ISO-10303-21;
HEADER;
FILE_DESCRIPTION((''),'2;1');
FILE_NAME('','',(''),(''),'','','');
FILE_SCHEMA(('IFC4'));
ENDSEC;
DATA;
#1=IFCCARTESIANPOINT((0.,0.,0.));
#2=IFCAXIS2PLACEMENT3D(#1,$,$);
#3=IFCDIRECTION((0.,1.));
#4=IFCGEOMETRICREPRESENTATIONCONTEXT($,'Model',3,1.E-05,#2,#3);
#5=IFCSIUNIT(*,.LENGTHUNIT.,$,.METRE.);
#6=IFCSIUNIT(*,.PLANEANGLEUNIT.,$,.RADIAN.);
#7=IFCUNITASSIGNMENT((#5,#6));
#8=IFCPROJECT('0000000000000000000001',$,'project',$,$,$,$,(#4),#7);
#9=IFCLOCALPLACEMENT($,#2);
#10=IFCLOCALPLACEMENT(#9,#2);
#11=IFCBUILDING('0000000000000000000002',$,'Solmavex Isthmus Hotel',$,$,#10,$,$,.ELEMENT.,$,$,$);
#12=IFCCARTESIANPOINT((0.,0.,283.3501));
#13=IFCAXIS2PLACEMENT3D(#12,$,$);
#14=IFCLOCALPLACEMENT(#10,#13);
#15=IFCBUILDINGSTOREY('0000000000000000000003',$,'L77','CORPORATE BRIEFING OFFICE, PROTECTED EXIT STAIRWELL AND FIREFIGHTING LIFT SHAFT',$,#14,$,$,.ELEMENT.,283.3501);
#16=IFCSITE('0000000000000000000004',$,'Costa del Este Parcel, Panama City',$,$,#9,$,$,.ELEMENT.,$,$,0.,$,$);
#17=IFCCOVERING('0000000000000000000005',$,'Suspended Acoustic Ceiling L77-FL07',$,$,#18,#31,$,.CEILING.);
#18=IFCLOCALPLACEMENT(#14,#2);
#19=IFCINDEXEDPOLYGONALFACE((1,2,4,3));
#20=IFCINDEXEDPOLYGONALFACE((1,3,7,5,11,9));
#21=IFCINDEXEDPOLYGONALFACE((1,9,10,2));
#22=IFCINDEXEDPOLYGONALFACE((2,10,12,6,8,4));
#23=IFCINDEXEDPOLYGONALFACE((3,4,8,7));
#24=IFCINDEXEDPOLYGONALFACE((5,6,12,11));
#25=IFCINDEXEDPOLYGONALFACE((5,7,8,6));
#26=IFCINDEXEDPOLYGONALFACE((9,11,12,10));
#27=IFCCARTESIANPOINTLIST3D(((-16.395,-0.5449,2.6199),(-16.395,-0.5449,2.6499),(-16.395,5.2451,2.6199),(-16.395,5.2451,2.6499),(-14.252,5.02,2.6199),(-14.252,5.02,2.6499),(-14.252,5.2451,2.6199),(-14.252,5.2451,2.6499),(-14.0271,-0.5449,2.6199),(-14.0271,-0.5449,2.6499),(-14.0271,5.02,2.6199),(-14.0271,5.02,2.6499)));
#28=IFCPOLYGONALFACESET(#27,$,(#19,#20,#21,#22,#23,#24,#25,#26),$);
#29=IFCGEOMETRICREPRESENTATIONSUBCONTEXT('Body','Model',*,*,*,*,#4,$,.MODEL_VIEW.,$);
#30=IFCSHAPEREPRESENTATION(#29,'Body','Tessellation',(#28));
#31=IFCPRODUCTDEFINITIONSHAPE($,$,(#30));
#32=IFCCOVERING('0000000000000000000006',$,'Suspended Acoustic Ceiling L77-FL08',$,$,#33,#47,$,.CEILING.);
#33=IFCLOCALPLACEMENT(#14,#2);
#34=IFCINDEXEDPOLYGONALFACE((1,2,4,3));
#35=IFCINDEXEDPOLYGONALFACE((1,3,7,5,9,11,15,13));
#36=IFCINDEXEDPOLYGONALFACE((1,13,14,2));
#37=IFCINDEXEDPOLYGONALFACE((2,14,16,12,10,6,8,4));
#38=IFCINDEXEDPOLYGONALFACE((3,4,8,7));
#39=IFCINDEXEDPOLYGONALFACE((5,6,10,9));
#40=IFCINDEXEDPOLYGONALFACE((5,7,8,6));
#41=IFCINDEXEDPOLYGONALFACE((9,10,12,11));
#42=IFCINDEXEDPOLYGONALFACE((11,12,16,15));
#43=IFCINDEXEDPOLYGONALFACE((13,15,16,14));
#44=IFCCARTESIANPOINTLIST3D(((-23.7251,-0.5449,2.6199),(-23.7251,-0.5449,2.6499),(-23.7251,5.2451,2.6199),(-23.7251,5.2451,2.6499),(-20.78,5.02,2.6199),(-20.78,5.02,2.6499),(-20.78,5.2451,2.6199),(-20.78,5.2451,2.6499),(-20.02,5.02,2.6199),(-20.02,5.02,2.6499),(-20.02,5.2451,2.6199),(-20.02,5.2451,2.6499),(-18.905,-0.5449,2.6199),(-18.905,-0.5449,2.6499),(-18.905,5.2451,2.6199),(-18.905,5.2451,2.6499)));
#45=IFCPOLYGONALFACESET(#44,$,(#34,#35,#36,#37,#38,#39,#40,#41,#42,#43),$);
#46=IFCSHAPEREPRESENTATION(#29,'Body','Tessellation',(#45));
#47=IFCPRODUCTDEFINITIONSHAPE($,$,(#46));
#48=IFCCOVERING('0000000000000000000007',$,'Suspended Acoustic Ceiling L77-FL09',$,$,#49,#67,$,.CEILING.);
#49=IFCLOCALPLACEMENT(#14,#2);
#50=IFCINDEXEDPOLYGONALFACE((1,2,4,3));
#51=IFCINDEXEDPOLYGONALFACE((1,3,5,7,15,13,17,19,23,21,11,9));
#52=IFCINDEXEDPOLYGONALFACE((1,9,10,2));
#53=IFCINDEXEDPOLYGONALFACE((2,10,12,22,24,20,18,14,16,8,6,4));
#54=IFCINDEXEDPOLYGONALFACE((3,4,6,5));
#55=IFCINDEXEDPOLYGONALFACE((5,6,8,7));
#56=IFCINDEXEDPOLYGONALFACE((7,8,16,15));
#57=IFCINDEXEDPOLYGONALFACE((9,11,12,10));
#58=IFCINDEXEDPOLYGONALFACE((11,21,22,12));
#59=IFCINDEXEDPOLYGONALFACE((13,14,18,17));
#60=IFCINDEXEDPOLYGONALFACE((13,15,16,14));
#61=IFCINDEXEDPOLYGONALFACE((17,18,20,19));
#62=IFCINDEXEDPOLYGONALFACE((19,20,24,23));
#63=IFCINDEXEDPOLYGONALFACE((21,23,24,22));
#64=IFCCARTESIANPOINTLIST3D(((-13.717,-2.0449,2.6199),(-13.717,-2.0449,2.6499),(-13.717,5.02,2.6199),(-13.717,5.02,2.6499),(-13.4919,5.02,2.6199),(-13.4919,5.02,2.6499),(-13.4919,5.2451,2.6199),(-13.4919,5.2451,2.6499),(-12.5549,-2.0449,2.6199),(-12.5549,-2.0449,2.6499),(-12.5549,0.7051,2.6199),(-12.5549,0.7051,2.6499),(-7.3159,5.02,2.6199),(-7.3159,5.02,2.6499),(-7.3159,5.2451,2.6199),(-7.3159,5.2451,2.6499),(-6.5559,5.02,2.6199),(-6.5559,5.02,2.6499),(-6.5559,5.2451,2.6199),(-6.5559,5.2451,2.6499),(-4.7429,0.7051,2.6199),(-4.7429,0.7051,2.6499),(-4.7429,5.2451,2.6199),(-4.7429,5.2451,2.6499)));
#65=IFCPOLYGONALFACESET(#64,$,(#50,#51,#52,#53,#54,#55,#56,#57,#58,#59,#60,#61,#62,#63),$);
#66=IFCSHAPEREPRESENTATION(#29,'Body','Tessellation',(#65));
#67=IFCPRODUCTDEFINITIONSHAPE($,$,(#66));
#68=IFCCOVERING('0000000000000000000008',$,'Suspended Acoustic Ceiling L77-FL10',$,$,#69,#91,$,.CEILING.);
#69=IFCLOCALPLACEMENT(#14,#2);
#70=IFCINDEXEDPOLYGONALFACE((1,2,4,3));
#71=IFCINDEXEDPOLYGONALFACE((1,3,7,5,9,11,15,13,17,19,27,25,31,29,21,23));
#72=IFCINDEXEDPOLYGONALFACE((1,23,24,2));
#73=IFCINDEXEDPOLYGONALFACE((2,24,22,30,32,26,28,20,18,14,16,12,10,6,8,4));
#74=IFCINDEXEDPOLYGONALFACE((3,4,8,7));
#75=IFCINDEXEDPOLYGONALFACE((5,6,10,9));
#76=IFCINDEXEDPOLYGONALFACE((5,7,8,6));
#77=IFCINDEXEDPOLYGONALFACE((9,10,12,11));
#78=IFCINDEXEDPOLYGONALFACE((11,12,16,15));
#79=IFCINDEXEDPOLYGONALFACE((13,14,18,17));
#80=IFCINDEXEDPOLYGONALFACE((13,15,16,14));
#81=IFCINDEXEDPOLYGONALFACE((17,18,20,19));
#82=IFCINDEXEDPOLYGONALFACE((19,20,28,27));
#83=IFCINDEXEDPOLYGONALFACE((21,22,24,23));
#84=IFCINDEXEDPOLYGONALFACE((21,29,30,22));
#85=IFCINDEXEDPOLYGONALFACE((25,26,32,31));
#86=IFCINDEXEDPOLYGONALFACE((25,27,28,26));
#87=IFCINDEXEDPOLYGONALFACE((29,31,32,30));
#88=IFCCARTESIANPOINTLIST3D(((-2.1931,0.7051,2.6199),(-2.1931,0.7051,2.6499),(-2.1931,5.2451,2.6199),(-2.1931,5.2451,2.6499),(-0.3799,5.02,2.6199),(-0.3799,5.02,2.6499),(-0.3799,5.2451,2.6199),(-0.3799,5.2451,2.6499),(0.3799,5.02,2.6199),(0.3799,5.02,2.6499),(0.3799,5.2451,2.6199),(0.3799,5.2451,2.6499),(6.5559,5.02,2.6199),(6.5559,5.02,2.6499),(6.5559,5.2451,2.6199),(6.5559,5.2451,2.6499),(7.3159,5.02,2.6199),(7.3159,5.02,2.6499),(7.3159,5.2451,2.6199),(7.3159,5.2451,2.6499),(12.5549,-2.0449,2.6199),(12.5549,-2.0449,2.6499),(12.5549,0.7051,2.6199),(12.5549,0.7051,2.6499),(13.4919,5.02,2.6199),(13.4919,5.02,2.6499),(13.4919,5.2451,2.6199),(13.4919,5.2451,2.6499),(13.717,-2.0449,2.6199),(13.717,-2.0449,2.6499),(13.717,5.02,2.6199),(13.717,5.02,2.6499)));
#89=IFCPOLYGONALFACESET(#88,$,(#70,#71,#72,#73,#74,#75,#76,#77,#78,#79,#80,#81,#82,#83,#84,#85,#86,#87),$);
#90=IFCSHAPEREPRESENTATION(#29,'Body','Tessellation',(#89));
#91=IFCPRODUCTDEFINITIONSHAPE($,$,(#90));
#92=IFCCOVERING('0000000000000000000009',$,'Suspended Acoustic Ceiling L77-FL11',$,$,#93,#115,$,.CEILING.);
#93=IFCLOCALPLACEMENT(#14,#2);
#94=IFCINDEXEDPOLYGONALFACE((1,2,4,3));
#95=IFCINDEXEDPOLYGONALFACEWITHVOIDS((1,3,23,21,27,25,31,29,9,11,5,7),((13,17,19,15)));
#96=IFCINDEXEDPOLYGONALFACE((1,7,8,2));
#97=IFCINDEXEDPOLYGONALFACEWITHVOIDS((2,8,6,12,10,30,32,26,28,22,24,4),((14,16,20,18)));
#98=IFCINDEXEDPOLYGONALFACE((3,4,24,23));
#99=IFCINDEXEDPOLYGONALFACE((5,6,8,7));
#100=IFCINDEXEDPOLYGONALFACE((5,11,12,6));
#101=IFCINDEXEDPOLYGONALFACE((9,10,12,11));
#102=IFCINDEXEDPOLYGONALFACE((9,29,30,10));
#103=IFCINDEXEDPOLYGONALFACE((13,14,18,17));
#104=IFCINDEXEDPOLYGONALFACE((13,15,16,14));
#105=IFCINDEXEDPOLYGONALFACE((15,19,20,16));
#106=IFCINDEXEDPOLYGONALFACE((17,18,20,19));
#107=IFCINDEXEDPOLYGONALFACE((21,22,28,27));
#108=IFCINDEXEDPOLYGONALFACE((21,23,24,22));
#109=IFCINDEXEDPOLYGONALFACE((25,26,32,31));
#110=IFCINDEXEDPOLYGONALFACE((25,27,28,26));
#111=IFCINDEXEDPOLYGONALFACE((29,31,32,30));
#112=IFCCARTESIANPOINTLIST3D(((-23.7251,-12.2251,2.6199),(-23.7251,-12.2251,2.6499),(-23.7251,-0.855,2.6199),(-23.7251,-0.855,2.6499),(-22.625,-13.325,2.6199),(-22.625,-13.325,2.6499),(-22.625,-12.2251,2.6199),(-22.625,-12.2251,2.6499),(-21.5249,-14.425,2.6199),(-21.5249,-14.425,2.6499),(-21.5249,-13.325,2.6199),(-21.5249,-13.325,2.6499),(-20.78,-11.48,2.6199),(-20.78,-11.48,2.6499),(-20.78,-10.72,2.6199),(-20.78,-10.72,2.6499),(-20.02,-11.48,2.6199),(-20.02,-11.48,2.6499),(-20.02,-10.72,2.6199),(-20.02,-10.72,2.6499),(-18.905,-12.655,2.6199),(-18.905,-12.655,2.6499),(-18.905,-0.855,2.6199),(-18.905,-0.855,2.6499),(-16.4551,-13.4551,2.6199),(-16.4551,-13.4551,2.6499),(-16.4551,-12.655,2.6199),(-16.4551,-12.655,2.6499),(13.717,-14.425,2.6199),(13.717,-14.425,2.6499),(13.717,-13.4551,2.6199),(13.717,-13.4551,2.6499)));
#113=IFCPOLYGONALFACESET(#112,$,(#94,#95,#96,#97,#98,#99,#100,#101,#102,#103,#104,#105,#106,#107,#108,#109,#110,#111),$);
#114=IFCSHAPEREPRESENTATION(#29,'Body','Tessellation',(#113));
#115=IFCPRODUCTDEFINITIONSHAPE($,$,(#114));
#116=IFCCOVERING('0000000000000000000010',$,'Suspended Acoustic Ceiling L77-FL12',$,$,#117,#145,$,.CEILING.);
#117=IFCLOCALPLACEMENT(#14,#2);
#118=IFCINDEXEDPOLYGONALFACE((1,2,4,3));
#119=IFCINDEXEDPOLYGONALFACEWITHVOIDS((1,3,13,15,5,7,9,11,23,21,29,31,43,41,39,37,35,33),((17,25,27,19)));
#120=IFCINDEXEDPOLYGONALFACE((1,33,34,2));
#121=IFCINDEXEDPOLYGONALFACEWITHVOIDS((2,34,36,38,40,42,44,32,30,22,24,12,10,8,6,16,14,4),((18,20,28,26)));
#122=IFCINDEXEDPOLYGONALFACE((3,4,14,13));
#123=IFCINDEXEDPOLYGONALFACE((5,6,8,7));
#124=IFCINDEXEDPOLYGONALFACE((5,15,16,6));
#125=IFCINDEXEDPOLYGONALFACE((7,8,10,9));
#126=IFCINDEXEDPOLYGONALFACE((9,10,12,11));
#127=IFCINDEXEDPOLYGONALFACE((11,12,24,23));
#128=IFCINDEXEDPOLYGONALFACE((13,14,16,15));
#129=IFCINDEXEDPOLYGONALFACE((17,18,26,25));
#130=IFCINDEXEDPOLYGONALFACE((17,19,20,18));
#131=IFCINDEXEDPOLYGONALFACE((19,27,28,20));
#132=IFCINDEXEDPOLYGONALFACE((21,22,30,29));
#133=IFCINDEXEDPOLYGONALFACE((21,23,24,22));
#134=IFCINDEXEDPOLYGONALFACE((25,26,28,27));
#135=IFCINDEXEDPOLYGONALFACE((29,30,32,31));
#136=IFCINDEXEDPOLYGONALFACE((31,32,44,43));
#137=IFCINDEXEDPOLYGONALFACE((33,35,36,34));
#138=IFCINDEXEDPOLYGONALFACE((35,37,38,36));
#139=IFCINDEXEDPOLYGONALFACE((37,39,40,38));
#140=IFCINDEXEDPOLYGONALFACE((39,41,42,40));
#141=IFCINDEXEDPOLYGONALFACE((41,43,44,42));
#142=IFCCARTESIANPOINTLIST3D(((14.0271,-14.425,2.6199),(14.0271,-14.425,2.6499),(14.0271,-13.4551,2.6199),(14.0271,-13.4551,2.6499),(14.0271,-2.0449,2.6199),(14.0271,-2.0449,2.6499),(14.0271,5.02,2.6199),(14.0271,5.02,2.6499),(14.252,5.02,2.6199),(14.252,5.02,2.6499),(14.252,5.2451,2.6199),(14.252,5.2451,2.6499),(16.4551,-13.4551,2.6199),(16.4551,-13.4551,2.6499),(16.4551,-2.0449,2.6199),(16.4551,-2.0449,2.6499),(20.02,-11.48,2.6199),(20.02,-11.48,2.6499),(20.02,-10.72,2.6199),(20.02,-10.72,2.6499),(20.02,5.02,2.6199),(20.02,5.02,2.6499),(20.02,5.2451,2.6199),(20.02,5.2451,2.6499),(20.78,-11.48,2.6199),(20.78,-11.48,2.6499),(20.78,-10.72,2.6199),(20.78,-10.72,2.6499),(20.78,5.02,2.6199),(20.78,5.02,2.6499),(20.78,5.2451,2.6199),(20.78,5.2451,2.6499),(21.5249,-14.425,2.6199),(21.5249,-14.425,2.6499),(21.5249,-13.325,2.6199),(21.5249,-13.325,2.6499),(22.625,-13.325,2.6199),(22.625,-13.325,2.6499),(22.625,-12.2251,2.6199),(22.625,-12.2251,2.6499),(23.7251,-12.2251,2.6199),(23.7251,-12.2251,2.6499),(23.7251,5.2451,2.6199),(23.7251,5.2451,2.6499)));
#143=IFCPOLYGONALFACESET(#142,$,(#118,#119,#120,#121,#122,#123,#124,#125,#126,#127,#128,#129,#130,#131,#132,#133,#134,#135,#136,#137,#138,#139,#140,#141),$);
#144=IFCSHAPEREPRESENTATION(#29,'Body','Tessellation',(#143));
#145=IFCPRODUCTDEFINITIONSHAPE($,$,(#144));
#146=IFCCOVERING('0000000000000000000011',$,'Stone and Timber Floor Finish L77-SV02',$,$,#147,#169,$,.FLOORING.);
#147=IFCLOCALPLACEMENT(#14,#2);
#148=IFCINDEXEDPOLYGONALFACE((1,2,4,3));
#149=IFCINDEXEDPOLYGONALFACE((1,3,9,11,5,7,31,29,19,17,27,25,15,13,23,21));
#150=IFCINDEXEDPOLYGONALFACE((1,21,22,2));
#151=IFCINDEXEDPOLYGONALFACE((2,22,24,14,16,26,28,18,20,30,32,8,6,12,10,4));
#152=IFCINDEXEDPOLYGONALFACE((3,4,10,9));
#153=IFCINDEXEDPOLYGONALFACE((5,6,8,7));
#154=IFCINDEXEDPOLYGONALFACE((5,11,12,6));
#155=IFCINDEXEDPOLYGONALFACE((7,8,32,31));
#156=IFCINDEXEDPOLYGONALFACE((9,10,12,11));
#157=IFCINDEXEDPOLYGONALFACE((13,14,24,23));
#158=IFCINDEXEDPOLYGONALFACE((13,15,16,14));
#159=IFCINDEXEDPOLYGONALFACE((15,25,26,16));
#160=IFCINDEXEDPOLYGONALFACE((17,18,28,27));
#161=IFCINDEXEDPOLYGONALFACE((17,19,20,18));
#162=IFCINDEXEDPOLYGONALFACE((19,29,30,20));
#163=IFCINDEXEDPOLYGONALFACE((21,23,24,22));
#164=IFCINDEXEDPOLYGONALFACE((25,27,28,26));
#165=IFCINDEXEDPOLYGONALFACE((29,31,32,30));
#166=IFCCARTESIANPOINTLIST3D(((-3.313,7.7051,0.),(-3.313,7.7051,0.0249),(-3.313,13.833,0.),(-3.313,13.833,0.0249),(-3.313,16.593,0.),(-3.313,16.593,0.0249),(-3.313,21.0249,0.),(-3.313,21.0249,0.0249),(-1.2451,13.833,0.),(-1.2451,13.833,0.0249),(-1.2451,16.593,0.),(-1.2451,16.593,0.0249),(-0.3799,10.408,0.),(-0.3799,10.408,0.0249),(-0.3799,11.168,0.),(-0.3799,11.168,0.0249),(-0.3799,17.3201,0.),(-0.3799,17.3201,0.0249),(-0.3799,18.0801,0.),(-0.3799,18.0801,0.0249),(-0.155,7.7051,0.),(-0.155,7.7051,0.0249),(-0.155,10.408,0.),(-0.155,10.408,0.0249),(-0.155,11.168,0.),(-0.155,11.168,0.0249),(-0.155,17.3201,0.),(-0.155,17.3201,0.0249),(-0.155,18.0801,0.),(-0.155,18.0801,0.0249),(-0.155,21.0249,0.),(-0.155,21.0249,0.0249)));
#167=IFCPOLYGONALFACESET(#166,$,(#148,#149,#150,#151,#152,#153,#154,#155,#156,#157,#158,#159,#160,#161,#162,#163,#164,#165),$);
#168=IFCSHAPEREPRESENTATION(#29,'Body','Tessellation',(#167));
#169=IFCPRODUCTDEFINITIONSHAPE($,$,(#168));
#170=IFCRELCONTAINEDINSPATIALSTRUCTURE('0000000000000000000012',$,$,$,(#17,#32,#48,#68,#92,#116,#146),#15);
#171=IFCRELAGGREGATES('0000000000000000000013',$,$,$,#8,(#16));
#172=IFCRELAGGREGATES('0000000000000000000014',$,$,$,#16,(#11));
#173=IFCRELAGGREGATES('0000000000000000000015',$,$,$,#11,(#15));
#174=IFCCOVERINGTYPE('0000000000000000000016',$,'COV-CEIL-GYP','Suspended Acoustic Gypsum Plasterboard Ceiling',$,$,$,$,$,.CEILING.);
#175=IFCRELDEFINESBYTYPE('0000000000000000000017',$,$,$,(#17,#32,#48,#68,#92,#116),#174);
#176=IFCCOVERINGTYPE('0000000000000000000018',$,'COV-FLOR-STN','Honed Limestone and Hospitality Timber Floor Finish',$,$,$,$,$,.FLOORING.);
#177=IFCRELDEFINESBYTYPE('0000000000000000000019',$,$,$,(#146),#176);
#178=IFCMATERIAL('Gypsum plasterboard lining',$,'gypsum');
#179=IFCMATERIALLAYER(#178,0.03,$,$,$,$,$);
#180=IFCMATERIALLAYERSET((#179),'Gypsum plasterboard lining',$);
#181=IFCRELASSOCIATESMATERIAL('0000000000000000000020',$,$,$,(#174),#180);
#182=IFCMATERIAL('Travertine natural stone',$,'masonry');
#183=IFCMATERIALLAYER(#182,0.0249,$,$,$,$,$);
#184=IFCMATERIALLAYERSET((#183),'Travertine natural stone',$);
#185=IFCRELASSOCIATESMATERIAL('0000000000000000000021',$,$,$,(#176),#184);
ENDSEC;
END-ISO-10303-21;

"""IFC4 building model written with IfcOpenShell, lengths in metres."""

from ifc_helpers import new_model, si_unit, direction, frame, origin, place, context, subcontext, project, spatial, polyline, outline, extrude, material, layer, layer_set, type_object, element, save


model = new_model("IFC4")

# Units and contexts
model_context = context("Model", 3, precision=1e-05, world=origin(), true_north=direction((0.0, 1.0)))
body_context = subcontext(model_context, "Body", "Model", "MODEL_VIEW")
ifc_project = project(units=[si_unit("LENGTHUNIT", "METRE"), si_unit("PLANEANGLEUNIT", "RADIAN")], contexts=[model_context])

# Site, building, storey
site_placement = place(None, origin())
site = spatial("IfcSite", under=ifc_project, at=site_placement, Name="Costa del Este Parcel, Panama City", CompositionType="ELEMENT", RefElevation=0.0)
building_placement = place(site_placement, origin())
building = spatial("IfcBuilding", under=site, at=building_placement, Name="Solmavex Isthmus Hotel", CompositionType="ELEMENT")
storey_placement = place(building_placement, frame((0.0, 0.0, 283.3501)))
storey = spatial("IfcBuildingStorey", under=building, at=storey_placement, Name="L77", Description="CORPORATE BRIEFING OFFICE, PROTECTED EXIT STAIRWELL AND FIREFIGHTING LIFT SHAFT", CompositionType="ELEMENT", Elevation=283.3501)

# Shared definitions
ifc_material_1 = material(Name="Gypsum plasterboard lining", Category="gypsum")

# Coverings
ifc_layer_1 = layer(ifc_material_1, 0.03)
ifc_layer_set_1 = layer_set([ifc_layer_1], Name="Gypsum plasterboard lining")
covering_type_1 = type_object("IfcCoveringType", Name="COV-CEIL-GYP", Description="Suspended Acoustic Gypsum Plasterboard Ceiling", PredefinedType="CEILING", material=ifc_layer_set_1)
covering_1_placement = place(storey_placement, frame((0.0, 0.0, 2.6199)))
element("IfcCovering", 1, at=covering_1_placement, inside=storey, type_object=covering_type_1, Name="Suspended Acoustic Ceiling L77-FL07", PredefinedType="CEILING", context=body_context, shape_type="SweptSolid", body=[
    extrude(outline(polyline([(-14.0271, 5.02), (-14.252, 5.02), (-14.252, 5.2451), (-16.395, 5.2451), (-16.395, -0.5449), (-14.0271, -0.5449), (-14.0271, 5.02)])), origin(), (0.0, 0.0, 1.0), 0.03),
])
covering_2_placement = place(storey_placement, frame((0.0, 0.0, 2.6199)))
element("IfcCovering", 2, at=covering_2_placement, inside=storey, type_object=covering_type_1, Name="Suspended Acoustic Ceiling L77-FL08", PredefinedType="CEILING", context=body_context, shape_type="SweptSolid", body=[
    extrude(outline(polyline([(-20.02, 5.2451), (-20.02, 5.02), (-20.78, 5.02), (-20.78, 5.2451), (-23.7251, 5.2451), (-23.7251, -0.5449), (-18.905, -0.5449), (-18.905, 5.2451), (-20.02, 5.2451)])), origin(), (0.0, 0.0, 1.0), 0.03),
])
covering_3_placement = place(storey_placement, frame((0.0, 0.0, 2.6199)))
element("IfcCovering", 3, at=covering_3_placement, inside=storey, type_object=covering_type_1, Name="Suspended Acoustic Ceiling L77-FL09", PredefinedType="CEILING", context=body_context, shape_type="SweptSolid", body=[
    extrude(outline(polyline([(-6.5559, 5.2451), (-6.5559, 5.02), (-7.3159, 5.02), (-7.3159, 5.2451), (-13.4919, 5.2451), (-13.4919, 5.02), (-13.717, 5.02), (-13.717, -2.0449), (-12.5549, -2.0449), (-12.5549, 0.7051), (-4.7429, 0.7051), (-4.7429, 5.2451), (-6.5559, 5.2451)])), origin(), (0.0, 0.0, 1.0), 0.03),
])
covering_4_placement = place(storey_placement, frame((0.0, 0.0, 2.6199)))
element("IfcCovering", 4, at=covering_4_placement, inside=storey, type_object=covering_type_1, Name="Suspended Acoustic Ceiling L77-FL10", PredefinedType="CEILING", context=body_context, shape_type="SweptSolid", body=[
    extrude(outline(polyline([(0.3799, 5.2451), (0.3799, 5.02), (-0.3799, 5.02), (-0.3799, 5.2451), (-2.1931, 5.2451), (-2.1931, 0.7051), (12.5549, 0.7051), (12.5549, -2.0449), (13.717, -2.0449), (13.717, 5.02), (13.4919, 5.02), (13.4919, 5.2451), (7.3159, 5.2451), (7.3159, 5.02), (6.5559, 5.02), (6.5559, 5.2451), (0.3799, 5.2451)])), origin(), (0.0, 0.0, 1.0), 0.03),
])
covering_5_placement = place(storey_placement, frame((0.0, 0.0, 2.6199)))
element("IfcCovering", 5, at=covering_5_placement, inside=storey, type_object=covering_type_1, Name="Suspended Acoustic Ceiling L77-FL11", PredefinedType="CEILING", context=body_context, shape_type="SweptSolid", body=[
    extrude(outline(polyline([(-16.4551, -12.655), (-18.905, -12.655), (-18.905, -0.855), (-23.7251, -0.855), (-23.7251, -12.2251), (-22.625, -12.2251), (-22.625, -13.325), (-21.5249, -13.325), (-21.5249, -14.425), (13.717, -14.425), (13.717, -13.4551), (-16.4551, -13.4551), (-16.4551, -12.655)]), holes=[polyline([(-20.78, -11.48), (-20.78, -10.72), (-20.02, -10.72), (-20.02, -11.48), (-20.78, -11.48)])]), origin(), (0.0, 0.0, 1.0), 0.03),
])
covering_6_placement = place(storey_placement, frame((0.0, 0.0, 2.6199)))
element("IfcCovering", 6, at=covering_6_placement, inside=storey, type_object=covering_type_1, Name="Suspended Acoustic Ceiling L77-FL12", PredefinedType="CEILING", context=body_context, shape_type="SweptSolid", body=[
    extrude(outline(polyline([(14.252, 5.2451), (14.252, 5.02), (14.0271, 5.02), (14.0271, -2.0449), (16.4551, -2.0449), (16.4551, -13.4551), (14.0271, -13.4551), (14.0271, -14.425), (21.5249, -14.425), (21.5249, -13.325), (22.625, -13.325), (22.625, -12.2251), (23.7251, -12.2251), (23.7251, 5.2451), (20.78, 5.2451), (20.78, 5.02), (20.02, 5.02), (20.02, 5.2451), (14.252, 5.2451)]), holes=[polyline([(20.02, -11.48), (20.02, -10.72), (20.78, -10.72), (20.78, -11.48), (20.02, -11.48)])]), origin(), (0.0, 0.0, 1.0), 0.03),
])
ifc_material_2 = material(Name="Travertine natural stone", Category="masonry")
ifc_layer_2 = layer(ifc_material_2, 0.0249)
ifc_layer_set_2 = layer_set([ifc_layer_2], Name="Travertine natural stone")
covering_type_2 = type_object("IfcCoveringType", Name="COV-FLOR-STN", Description="Honed Limestone and Hospitality Timber Floor Finish", PredefinedType="FLOORING", material=ifc_layer_set_2)
covering_7_placement = place(storey_placement, origin())
element("IfcCovering", 7, at=covering_7_placement, inside=storey, type_object=covering_type_2, Name="Stone and Timber Floor Finish L77-SV02", PredefinedType="FLOORING", context=body_context, shape_type="SweptSolid", body=[
    extrude(outline(polyline([(-0.155, 17.3201), (-0.3799, 17.3201), (-0.3799, 18.0801), (-0.155, 18.0801), (-0.155, 21.0249), (-3.313, 21.0249), (-3.313, 16.593), (-1.2451, 16.593), (-1.2451, 13.833), (-3.313, 13.833), (-3.313, 7.7051), (-0.155, 7.7051), (-0.155, 10.408), (-0.3799, 10.408), (-0.3799, 11.168), (-0.155, 11.168), (-0.155, 17.3201)])), origin(), (0.0, 0.0, 1.0), 0.0249),
])

save(model, "model.ifc")
